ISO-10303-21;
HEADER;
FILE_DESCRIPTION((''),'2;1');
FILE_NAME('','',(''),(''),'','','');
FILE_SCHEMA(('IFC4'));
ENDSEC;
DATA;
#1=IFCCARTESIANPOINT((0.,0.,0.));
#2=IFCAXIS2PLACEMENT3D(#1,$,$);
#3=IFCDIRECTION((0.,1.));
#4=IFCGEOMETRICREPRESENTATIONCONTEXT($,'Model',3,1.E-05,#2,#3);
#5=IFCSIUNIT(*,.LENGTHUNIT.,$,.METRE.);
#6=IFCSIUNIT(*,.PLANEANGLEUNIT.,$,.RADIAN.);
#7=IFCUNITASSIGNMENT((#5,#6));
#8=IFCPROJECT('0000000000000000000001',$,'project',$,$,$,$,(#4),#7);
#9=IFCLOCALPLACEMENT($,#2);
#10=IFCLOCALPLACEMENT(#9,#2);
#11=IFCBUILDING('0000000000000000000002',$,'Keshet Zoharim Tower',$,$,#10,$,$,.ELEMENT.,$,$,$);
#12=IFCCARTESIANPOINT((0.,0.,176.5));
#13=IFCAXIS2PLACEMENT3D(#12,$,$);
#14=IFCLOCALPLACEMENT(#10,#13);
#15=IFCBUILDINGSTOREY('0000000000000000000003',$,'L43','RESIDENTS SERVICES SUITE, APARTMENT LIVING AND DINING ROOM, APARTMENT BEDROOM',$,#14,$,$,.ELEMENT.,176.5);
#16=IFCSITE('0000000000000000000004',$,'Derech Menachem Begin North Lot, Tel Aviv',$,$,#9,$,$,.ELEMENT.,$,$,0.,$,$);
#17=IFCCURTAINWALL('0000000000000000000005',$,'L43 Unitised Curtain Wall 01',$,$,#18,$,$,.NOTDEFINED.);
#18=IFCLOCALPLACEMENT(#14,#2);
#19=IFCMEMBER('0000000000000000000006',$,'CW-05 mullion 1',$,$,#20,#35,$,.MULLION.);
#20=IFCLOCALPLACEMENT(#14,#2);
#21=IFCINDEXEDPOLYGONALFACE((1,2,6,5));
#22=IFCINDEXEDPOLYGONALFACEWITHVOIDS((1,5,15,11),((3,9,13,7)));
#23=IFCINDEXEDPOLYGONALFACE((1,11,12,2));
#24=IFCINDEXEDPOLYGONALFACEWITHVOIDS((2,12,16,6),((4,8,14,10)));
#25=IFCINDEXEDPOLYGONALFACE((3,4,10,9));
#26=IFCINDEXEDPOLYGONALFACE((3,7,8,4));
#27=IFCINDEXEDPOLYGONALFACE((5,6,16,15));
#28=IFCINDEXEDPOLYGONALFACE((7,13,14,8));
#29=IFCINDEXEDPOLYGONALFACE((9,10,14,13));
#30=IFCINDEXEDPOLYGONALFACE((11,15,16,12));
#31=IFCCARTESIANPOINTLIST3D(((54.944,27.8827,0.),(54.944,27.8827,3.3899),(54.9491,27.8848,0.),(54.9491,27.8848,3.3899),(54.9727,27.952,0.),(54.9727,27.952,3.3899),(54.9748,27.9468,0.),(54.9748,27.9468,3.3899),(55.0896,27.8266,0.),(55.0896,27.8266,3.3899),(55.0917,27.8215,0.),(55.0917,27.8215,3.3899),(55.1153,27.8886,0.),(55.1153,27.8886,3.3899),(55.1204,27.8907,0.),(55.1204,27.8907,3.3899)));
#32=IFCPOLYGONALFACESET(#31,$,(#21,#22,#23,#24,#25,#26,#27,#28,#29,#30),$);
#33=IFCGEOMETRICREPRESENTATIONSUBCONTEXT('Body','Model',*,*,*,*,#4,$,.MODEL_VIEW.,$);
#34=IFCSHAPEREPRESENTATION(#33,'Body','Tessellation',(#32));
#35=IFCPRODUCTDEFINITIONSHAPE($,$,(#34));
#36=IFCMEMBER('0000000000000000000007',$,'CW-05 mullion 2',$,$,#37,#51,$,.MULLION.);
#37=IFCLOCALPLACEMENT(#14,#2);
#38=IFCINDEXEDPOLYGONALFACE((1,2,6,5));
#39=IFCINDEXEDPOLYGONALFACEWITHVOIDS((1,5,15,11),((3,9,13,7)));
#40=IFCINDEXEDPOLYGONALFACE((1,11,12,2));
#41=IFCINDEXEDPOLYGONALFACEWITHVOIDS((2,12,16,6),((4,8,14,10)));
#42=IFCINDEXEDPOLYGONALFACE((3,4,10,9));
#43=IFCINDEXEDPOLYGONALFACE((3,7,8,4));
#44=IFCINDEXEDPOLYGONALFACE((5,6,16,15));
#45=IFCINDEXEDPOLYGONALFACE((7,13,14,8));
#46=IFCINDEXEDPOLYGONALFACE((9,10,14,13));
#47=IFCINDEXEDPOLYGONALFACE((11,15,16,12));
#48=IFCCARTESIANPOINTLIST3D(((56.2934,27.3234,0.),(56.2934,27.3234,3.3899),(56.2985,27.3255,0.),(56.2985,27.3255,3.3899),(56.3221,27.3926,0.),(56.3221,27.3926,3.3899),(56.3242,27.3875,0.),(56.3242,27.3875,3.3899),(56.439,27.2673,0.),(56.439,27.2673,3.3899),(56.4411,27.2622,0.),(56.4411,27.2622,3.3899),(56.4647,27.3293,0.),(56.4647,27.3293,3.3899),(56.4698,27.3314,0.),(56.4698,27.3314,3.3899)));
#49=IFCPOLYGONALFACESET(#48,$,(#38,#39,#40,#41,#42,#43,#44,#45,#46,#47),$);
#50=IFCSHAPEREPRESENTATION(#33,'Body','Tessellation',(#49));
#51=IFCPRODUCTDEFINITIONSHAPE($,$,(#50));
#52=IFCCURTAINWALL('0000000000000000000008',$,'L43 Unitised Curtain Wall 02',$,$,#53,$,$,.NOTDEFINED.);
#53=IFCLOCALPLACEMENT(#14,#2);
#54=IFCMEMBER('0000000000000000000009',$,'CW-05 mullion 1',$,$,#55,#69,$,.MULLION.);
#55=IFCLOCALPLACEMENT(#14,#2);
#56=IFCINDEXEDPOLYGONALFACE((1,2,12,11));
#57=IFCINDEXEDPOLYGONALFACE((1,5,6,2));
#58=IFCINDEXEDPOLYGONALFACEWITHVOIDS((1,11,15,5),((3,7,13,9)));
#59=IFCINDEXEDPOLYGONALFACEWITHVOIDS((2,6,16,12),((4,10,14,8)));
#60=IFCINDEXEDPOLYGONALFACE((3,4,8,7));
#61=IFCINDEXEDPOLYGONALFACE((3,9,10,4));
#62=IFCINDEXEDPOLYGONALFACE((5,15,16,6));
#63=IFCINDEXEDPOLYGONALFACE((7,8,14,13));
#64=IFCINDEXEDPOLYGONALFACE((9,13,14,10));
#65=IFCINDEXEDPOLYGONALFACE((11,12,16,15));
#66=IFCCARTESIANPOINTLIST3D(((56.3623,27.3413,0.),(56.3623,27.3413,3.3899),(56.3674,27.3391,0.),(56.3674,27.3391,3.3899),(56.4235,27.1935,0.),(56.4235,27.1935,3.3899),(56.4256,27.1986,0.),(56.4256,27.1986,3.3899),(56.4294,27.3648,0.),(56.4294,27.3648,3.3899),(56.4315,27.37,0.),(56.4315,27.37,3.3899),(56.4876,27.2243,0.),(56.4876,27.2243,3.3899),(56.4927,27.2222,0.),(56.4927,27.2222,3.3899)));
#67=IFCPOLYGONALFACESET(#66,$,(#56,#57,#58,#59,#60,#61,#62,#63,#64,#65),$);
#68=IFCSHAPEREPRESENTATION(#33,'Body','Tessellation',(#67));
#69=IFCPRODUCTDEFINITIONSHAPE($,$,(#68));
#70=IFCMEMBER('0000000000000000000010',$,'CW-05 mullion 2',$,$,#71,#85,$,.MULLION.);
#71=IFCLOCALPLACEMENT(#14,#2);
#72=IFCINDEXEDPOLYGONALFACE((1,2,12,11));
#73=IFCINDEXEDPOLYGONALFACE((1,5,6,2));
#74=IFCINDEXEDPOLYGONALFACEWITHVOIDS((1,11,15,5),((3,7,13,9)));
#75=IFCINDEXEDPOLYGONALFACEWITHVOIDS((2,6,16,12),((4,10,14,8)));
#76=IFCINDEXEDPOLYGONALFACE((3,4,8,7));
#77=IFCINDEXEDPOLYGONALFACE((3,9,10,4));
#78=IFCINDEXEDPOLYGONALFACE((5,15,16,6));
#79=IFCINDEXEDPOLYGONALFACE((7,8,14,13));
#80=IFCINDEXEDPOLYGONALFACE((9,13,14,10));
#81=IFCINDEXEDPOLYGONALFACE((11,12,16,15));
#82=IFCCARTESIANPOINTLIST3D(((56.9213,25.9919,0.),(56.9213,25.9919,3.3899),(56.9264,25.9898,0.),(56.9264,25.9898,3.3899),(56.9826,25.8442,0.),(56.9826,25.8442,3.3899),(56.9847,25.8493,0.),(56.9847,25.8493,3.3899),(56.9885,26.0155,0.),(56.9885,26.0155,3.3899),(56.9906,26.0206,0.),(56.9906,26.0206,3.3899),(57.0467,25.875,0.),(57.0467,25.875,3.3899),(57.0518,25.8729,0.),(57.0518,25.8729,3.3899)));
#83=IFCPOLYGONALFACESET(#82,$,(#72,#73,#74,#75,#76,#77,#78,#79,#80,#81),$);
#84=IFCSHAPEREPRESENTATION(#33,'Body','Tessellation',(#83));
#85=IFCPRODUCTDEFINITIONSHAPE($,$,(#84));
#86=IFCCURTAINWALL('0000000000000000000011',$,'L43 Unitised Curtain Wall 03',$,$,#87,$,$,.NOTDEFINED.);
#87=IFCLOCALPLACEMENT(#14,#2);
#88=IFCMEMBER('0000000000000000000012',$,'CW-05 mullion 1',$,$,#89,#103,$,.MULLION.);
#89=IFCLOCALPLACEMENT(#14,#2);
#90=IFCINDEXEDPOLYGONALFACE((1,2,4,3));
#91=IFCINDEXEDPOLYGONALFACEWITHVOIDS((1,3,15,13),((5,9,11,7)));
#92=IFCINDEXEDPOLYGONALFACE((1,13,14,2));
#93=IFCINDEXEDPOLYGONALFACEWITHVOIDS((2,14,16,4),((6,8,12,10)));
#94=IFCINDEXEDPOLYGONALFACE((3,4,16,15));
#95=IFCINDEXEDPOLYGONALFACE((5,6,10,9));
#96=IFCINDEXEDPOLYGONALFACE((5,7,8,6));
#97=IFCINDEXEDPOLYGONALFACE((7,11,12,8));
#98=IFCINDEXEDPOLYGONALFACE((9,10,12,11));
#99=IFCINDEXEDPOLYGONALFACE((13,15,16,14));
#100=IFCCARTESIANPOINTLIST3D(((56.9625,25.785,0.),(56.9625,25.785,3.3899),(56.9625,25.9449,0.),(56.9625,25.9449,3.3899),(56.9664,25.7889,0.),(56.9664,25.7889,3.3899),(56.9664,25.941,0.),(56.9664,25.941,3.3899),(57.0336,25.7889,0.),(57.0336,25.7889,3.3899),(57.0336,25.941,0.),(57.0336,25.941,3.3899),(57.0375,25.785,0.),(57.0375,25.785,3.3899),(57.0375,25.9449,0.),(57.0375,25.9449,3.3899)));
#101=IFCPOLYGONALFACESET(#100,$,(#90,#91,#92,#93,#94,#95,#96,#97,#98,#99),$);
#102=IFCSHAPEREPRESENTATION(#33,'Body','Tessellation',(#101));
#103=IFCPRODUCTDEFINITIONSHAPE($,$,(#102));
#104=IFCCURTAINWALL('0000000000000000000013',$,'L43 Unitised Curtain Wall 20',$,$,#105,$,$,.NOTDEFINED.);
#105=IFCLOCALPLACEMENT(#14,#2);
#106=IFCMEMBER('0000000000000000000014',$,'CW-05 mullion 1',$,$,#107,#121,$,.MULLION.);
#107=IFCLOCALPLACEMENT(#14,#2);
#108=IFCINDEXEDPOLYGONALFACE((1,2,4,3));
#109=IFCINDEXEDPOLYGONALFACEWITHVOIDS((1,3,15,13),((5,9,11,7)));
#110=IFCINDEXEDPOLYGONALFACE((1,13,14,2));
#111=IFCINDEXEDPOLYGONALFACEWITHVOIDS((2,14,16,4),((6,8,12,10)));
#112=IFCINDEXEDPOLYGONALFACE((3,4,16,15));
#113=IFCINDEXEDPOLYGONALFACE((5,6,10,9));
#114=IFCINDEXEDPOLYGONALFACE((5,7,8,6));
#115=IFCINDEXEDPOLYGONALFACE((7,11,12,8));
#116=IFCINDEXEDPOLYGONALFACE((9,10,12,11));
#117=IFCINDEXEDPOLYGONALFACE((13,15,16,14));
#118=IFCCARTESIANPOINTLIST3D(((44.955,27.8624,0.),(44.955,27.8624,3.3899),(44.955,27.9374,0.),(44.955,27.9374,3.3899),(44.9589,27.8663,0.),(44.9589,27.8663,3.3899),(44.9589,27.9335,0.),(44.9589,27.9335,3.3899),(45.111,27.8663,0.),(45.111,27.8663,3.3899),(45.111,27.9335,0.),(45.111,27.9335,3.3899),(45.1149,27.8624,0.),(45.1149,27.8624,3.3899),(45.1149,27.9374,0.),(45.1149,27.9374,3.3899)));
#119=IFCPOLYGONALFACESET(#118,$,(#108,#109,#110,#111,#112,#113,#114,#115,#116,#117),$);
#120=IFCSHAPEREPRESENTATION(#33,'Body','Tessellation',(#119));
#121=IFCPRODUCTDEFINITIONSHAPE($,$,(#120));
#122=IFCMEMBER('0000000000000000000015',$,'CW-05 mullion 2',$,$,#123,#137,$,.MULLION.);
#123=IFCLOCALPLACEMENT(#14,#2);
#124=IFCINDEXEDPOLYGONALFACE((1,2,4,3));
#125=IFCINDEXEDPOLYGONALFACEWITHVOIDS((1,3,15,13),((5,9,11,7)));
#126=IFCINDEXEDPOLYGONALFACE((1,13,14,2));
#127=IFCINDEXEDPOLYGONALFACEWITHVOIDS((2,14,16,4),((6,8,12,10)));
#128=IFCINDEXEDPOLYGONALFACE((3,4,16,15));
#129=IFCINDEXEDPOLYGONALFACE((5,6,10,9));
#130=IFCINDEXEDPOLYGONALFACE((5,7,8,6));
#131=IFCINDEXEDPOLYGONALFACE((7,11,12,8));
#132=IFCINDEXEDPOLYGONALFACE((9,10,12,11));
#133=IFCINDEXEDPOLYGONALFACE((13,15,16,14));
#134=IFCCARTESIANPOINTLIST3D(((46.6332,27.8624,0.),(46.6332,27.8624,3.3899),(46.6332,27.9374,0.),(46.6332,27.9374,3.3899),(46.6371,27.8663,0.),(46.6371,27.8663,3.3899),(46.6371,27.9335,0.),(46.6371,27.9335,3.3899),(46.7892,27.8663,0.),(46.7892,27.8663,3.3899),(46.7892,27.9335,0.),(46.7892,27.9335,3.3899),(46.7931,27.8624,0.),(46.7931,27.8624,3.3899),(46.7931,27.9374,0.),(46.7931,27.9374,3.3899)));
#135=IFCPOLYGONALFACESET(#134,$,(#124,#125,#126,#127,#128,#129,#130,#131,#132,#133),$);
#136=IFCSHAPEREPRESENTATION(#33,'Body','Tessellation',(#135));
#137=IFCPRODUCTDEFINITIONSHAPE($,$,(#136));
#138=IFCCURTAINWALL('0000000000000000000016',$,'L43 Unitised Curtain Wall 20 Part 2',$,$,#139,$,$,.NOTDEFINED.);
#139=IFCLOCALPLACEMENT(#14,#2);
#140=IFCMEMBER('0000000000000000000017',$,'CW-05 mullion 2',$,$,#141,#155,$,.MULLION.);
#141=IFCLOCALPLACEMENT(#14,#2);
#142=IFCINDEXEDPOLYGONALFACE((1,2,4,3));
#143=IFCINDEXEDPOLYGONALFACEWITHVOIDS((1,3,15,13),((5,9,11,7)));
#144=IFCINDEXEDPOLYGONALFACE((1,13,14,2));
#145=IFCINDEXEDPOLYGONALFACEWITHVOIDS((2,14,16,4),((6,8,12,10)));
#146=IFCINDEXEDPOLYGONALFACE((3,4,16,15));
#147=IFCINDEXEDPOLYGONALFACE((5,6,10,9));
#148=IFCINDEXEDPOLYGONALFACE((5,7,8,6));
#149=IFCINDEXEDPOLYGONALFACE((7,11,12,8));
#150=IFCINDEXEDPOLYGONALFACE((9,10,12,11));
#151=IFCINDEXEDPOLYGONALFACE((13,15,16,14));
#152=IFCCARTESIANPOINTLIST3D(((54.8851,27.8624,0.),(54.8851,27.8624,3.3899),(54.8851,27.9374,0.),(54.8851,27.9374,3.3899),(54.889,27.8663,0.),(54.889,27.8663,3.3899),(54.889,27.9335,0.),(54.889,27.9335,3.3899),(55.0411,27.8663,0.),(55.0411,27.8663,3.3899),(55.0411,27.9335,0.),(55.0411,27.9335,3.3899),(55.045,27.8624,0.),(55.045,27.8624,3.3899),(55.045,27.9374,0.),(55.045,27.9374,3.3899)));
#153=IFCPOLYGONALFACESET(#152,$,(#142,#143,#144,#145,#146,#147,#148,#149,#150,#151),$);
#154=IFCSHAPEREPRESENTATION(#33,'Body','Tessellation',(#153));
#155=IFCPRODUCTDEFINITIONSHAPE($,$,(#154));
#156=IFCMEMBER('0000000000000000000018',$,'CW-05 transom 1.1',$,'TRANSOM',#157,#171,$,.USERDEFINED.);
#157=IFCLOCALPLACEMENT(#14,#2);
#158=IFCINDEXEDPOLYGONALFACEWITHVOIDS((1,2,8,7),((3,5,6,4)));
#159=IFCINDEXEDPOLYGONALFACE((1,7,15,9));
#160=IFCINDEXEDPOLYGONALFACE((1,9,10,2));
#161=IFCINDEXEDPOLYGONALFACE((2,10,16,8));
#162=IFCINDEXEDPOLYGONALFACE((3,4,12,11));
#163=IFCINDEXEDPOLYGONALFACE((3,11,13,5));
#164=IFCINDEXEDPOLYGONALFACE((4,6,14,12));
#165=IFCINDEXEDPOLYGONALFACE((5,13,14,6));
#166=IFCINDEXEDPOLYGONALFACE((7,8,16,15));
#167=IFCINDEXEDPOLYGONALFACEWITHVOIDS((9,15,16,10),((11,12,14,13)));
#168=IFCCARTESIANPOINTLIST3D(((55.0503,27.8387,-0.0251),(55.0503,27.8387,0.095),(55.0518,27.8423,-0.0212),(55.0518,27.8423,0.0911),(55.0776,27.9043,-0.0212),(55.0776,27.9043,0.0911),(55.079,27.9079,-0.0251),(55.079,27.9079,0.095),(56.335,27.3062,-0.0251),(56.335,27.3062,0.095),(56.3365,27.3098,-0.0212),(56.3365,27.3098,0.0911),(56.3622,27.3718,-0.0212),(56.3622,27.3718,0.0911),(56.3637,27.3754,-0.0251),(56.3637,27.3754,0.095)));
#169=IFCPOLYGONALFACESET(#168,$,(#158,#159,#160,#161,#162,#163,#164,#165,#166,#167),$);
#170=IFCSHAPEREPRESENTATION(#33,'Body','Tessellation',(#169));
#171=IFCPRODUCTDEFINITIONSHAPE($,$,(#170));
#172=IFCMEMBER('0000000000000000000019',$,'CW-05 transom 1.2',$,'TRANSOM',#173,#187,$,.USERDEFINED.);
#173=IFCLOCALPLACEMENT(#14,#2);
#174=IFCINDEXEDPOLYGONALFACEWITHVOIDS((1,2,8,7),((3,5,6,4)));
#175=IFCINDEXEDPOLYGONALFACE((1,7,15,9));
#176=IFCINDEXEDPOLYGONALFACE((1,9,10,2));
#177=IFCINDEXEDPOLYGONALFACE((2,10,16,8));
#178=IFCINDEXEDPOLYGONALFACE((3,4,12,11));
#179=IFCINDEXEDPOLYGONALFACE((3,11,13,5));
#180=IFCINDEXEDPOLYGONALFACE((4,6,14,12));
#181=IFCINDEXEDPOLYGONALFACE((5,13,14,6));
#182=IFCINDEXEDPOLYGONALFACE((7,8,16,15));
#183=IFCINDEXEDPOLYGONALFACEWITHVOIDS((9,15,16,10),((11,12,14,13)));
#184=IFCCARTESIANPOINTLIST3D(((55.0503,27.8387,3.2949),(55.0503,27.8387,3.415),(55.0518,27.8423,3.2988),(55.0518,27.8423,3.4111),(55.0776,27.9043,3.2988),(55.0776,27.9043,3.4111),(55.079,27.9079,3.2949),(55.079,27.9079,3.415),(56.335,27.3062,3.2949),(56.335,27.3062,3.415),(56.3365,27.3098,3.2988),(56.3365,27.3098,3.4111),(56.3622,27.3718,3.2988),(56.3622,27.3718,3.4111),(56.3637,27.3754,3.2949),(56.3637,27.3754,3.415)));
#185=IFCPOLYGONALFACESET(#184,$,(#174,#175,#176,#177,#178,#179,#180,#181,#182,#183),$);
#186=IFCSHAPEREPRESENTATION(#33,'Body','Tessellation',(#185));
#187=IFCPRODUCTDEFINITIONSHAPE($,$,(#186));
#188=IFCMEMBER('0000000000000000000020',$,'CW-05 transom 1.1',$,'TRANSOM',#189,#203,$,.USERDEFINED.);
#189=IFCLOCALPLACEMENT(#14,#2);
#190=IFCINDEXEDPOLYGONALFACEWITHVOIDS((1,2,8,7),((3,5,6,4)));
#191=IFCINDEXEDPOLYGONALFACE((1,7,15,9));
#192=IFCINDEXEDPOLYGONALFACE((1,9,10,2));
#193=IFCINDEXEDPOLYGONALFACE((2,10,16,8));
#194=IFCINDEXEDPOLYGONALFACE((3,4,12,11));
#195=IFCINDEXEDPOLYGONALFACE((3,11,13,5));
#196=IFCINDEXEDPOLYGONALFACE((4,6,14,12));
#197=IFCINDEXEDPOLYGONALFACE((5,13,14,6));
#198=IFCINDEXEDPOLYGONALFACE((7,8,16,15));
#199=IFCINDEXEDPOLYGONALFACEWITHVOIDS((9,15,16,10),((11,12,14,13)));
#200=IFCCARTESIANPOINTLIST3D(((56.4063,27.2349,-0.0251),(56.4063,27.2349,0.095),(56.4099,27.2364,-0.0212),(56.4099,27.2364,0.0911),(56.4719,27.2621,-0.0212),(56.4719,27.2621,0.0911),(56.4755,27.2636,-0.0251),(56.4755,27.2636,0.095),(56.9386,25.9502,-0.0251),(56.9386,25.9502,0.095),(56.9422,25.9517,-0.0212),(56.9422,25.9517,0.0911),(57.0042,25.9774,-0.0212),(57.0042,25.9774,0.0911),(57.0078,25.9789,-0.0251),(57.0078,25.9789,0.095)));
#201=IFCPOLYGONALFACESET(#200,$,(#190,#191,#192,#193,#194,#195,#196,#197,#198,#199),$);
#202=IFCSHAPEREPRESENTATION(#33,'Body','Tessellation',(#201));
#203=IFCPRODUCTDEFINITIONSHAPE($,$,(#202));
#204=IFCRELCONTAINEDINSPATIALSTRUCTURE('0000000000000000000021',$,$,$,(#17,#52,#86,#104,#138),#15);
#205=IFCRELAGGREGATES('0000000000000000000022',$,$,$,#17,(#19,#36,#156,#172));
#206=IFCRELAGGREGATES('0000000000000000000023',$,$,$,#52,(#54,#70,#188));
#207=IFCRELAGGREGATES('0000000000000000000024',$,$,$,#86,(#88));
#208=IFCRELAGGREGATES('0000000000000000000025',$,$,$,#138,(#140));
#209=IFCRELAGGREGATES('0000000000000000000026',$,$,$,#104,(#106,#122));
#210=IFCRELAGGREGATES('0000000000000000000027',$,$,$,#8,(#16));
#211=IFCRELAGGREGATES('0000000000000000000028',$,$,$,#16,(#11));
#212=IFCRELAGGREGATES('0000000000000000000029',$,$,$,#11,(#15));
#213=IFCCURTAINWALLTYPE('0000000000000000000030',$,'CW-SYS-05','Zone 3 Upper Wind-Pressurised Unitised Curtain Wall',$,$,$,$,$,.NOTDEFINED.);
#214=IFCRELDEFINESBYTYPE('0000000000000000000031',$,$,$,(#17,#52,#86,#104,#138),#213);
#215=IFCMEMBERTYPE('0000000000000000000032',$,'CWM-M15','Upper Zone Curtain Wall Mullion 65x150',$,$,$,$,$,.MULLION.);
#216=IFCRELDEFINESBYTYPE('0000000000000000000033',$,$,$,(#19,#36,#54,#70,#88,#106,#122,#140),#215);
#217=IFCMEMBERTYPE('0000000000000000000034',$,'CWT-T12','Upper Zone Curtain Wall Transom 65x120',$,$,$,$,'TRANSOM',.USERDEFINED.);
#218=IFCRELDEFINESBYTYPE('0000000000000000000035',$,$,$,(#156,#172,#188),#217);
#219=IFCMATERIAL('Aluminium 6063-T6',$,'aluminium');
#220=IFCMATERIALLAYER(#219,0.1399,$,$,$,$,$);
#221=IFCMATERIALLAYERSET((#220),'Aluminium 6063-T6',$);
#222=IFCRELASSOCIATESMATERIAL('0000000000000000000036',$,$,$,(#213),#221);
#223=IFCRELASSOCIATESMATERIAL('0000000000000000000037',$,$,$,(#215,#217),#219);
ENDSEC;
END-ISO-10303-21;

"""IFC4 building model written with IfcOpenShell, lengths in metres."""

from ifc_helpers import new_model, si_unit, direction, frame, origin, origin_2d, place, context, subcontext, project, spatial, hollow_rectangle, extrude, material, layer, layer_set, material_profile, profile_set, type_object, element, aggregate, save


model = new_model("IFC4")

# Units and contexts
model_context = context("Model", 3, precision=1e-05, world=origin(), true_north=direction((0.0, 1.0)))
body_context = subcontext(model_context, "Body", "Model", "MODEL_VIEW")
ifc_project = project(units=[si_unit("LENGTHUNIT", "METRE"), si_unit("PLANEANGLEUNIT", "RADIAN")], contexts=[model_context])

# Site, building, storey
site_placement = place(None, origin())
site = spatial("IfcSite", under=ifc_project, at=site_placement, Name="Derech Menachem Begin North Lot, Tel Aviv", CompositionType="ELEMENT", RefElevation=0.0)
building_placement = place(site_placement, origin())
building = spatial("IfcBuilding", under=site, at=building_placement, Name="Keshet Zoharim Tower", CompositionType="ELEMENT")
storey_placement = place(building_placement, frame((0.0, 0.0, 176.5)))
storey = spatial("IfcBuildingStorey", under=building, at=storey_placement, Name="L43", Description="RESIDENTS SERVICES SUITE, APARTMENT LIVING AND DINING ROOM, APARTMENT BEDROOM", CompositionType="ELEMENT", Elevation=176.5)

# Curtain walls, members
ifc_material_1 = material(Name="Aluminium 6063-T6", Category="aluminium")
ifc_layer_1 = layer(ifc_material_1, 0.1399)
ifc_layer_set_1 = layer_set([ifc_layer_1], Name="Aluminium 6063-T6")
curtain_wall_type = type_object("IfcCurtainWallType", Name="CW-SYS-05", Description="Zone 3 Upper Wind-Pressurised Unitised Curtain Wall", PredefinedType="NOTDEFINED", material=ifc_layer_set_1)
curtain_wall_1_placement = place(storey_placement, origin())
curtain_wall_1 = element("IfcCurtainWall", 1, at=curtain_wall_1_placement, inside=storey, type_object=curtain_wall_type, Name="L43 Unitised Curtain Wall 01", PredefinedType="NOTDEFINED")
ifc_material_profile_1 = material_profile(ifc_material_1, hollow_rectangle(XDim=0.075, YDim=0.1599, WallThickness=0.0039, at=origin_2d()), Name="MUL-75x160")
ifc_profile_set_1 = profile_set([ifc_material_profile_1], Name="Aluminium 6063-T6")
member_type_1 = type_object("IfcMemberType", Name="CWM-M15", Description="Upper Zone Curtain Wall Mullion 65x150", PredefinedType="MULLION", material=ifc_profile_set_1)
member_1_placement = place(storey_placement, frame((55.0322, 27.8867, 0.0), z_axis=(0.0, 0.0, 1.0), x_axis=(0.382852, 0.92381, 0.0)))
member_1 = element("IfcMember", 2, at=member_1_placement, type_object=member_type_1, Name="CW-05 mullion 1", PredefinedType="MULLION", context=body_context, shape_type="SweptSolid", body=[
    extrude(hollow_rectangle(XDim=0.075, YDim=0.1599, WallThickness=0.0039, at=origin_2d()), origin(), (0.0, 0.0, 1.0), 3.3899),
])
member_2_placement = place(storey_placement, frame((56.3816, 27.3274, 0.0), z_axis=(0.0, 0.0, 1.0), x_axis=(0.382852, 0.92381, 0.0)))
member_2 = element("IfcMember", 3, at=member_2_placement, type_object=member_type_1, Name="CW-05 mullion 2", PredefinedType="MULLION", context=body_context, shape_type="SweptSolid", body=[
    extrude(hollow_rectangle(XDim=0.075, YDim=0.1599, WallThickness=0.0039, at=origin_2d()), origin(), (0.0, 0.0, 1.0), 3.3899),
])
curtain_wall_2_placement = place(storey_placement, origin())
curtain_wall_2 = element("IfcCurtainWall", 4, at=curtain_wall_2_placement, inside=storey, type_object=curtain_wall_type, Name="L43 Unitised Curtain Wall 02", PredefinedType="NOTDEFINED")
member_3_placement = place(storey_placement, frame((56.4275, 27.2817, 0.0), z_axis=(0.0, 0.0, 1.0), x_axis=(0.92381, 0.382852, 0.0)))
member_3 = element("IfcMember", 5, at=member_3_placement, type_object=member_type_1, Name="CW-05 mullion 1", PredefinedType="MULLION", context=body_context, shape_type="SweptSolid", body=[
    extrude(hollow_rectangle(XDim=0.075, YDim=0.1599, WallThickness=0.0039, at=origin_2d()), origin(), (0.0, 0.0, 1.0), 3.3899),
])
member_4_placement = place(storey_placement, frame((56.9866, 25.9324, 0.0), z_axis=(0.0, 0.0, 1.0), x_axis=(0.92381, 0.382852, 0.0)))
member_4 = element("IfcMember", 6, at=member_4_placement, type_object=member_type_1, Name="CW-05 mullion 2", PredefinedType="MULLION", context=body_context, shape_type="SweptSolid", body=[
    extrude(hollow_rectangle(XDim=0.075, YDim=0.1599, WallThickness=0.0039, at=origin_2d()), origin(), (0.0, 0.0, 1.0), 3.3899),
])

# Curtain wall, member
curtain_wall_3_placement = place(storey_placement, origin())
curtain_wall_3 = element("IfcCurtainWall", 7, at=curtain_wall_3_placement, inside=storey, type_object=curtain_wall_type, Name="L43 Unitised Curtain Wall 03", PredefinedType="NOTDEFINED")
member_5_placement = place(storey_placement, frame((57.0, 25.865, 0.0), z_axis=(0.0, 0.0, 1.0), x_axis=(1.0, 0.0, 0.0)))
member_5 = element("IfcMember", 8, at=member_5_placement, type_object=member_type_1, Name="CW-05 mullion 1", PredefinedType="MULLION", context=body_context, shape_type="SweptSolid", body=[
    extrude(hollow_rectangle(XDim=0.075, YDim=0.1599, WallThickness=0.0039, at=origin_2d()), origin(), (0.0, 0.0, 1.0), 3.3899),
])

# Curtain wall, members
curtain_wall_4_placement = place(storey_placement, origin())
curtain_wall_4 = element("IfcCurtainWall", 9, at=curtain_wall_4_placement, inside=storey, type_object=curtain_wall_type, Name="L43 Unitised Curtain Wall 20", PredefinedType="NOTDEFINED")
member_6_placement = place(storey_placement, frame((45.0349, 27.8999, 0.0), z_axis=(0.0, 0.0, 1.0), x_axis=(0.0, 1.0, 0.0)))
member_6 = element("IfcMember", 10, at=member_6_placement, type_object=member_type_1, Name="CW-05 mullion 1", PredefinedType="MULLION", context=body_context, shape_type="SweptSolid", body=[
    extrude(hollow_rectangle(XDim=0.075, YDim=0.1599, WallThickness=0.0039, at=origin_2d()), origin(), (0.0, 0.0, 1.0), 3.3899),
])
member_7_placement = place(storey_placement, frame((46.7131, 27.8999, 0.0), z_axis=(0.0, 0.0, 1.0), x_axis=(0.0, 1.0, 0.0)))
member_7 = element("IfcMember", 11, at=member_7_placement, type_object=member_type_1, Name="CW-05 mullion 2", PredefinedType="MULLION", context=body_context, shape_type="SweptSolid", body=[
    extrude(hollow_rectangle(XDim=0.075, YDim=0.1599, WallThickness=0.0039, at=origin_2d()), origin(), (0.0, 0.0, 1.0), 3.3899),
])

# Curtain wall, member
curtain_wall_5_placement = place(storey_placement, origin())
curtain_wall_5 = element("IfcCurtainWall", 12, at=curtain_wall_5_placement, inside=storey, type_object=curtain_wall_type, Name="L43 Unitised Curtain Wall 20 Part 2", PredefinedType="NOTDEFINED")
member_8_placement = place(storey_placement, frame((54.9651, 27.8999, 0.0), z_axis=(0.0, 0.0, 1.0), x_axis=(0.0, 1.0, 0.0)))
member_8 = element("IfcMember", 13, at=member_8_placement, type_object=member_type_1, Name="CW-05 mullion 2", PredefinedType="MULLION", context=body_context, shape_type="SweptSolid", body=[
    extrude(hollow_rectangle(XDim=0.075, YDim=0.1599, WallThickness=0.0039, at=origin_2d()), origin(), (0.0, 0.0, 1.0), 3.3899),
])

# Members
ifc_material_profile_2 = material_profile(ifc_material_1, hollow_rectangle(XDim=0.075, YDim=0.1201, WallThickness=0.0039, at=origin_2d()), Name="TRN-75x120")
ifc_profile_set_2 = profile_set([ifc_material_profile_2], Name="Aluminium 6063-T6")
member_type_2 = type_object("IfcMemberType", Name="CWT-T12", Description="Upper Zone Curtain Wall Transom 65x120", ElementType="TRANSOM", PredefinedType="USERDEFINED", material=ifc_profile_set_2)
member_9_placement = place(storey_placement, frame((55.0647, 27.8733, 0.0349), z_axis=(0.923792, -0.382894, 0.0), x_axis=(0.382894, 0.923792, 0.0)))
member_9 = element("IfcMember", 14, at=member_9_placement, type_object=member_type_2, Name="CW-05 transom 1.1", ObjectType="TRANSOM", PredefinedType="USERDEFINED", context=body_context, shape_type="SweptSolid", body=[
    extrude(hollow_rectangle(XDim=0.075, YDim=0.1201, WallThickness=0.0039, at=origin_2d()), origin(), (0.0, 0.0, 1.0), 1.3906),
])
member_10_placement = place(storey_placement, frame((55.0647, 27.8733, 3.355), z_axis=(0.923792, -0.382894, 0.0), x_axis=(0.382894, 0.923792, 0.0)))
member_10 = element("IfcMember", 15, at=member_10_placement, type_object=member_type_2, Name="CW-05 transom 1.2", ObjectType="TRANSOM", PredefinedType="USERDEFINED", context=body_context, shape_type="SweptSolid", body=[
    extrude(hollow_rectangle(XDim=0.075, YDim=0.1201, WallThickness=0.0039, at=origin_2d()), origin(), (0.0, 0.0, 1.0), 1.3906),
])
member_11_placement = place(storey_placement, frame((56.4409, 27.2493, 0.0349), z_axis=(0.382745, -0.923854, 0.0), x_axis=(0.923854, 0.382745, 0.0)))
member_11 = element("IfcMember", 16, at=member_11_placement, type_object=member_type_2, Name="CW-05 transom 1.1", ObjectType="TRANSOM", PredefinedType="USERDEFINED", context=body_context, shape_type="SweptSolid", body=[
    extrude(hollow_rectangle(XDim=0.075, YDim=0.1201, WallThickness=0.0039, at=origin_2d()), origin(), (0.0, 0.0, 1.0), 1.3906),
])

aggregate(curtain_wall_1, [member_1, member_2, member_9, member_10])
aggregate(curtain_wall_2, [member_3, member_4, member_11])
aggregate(curtain_wall_3, [member_5])
aggregate(curtain_wall_5, [member_8])
aggregate(curtain_wall_4, [member_6, member_7])

save(model, "model.ifc")
